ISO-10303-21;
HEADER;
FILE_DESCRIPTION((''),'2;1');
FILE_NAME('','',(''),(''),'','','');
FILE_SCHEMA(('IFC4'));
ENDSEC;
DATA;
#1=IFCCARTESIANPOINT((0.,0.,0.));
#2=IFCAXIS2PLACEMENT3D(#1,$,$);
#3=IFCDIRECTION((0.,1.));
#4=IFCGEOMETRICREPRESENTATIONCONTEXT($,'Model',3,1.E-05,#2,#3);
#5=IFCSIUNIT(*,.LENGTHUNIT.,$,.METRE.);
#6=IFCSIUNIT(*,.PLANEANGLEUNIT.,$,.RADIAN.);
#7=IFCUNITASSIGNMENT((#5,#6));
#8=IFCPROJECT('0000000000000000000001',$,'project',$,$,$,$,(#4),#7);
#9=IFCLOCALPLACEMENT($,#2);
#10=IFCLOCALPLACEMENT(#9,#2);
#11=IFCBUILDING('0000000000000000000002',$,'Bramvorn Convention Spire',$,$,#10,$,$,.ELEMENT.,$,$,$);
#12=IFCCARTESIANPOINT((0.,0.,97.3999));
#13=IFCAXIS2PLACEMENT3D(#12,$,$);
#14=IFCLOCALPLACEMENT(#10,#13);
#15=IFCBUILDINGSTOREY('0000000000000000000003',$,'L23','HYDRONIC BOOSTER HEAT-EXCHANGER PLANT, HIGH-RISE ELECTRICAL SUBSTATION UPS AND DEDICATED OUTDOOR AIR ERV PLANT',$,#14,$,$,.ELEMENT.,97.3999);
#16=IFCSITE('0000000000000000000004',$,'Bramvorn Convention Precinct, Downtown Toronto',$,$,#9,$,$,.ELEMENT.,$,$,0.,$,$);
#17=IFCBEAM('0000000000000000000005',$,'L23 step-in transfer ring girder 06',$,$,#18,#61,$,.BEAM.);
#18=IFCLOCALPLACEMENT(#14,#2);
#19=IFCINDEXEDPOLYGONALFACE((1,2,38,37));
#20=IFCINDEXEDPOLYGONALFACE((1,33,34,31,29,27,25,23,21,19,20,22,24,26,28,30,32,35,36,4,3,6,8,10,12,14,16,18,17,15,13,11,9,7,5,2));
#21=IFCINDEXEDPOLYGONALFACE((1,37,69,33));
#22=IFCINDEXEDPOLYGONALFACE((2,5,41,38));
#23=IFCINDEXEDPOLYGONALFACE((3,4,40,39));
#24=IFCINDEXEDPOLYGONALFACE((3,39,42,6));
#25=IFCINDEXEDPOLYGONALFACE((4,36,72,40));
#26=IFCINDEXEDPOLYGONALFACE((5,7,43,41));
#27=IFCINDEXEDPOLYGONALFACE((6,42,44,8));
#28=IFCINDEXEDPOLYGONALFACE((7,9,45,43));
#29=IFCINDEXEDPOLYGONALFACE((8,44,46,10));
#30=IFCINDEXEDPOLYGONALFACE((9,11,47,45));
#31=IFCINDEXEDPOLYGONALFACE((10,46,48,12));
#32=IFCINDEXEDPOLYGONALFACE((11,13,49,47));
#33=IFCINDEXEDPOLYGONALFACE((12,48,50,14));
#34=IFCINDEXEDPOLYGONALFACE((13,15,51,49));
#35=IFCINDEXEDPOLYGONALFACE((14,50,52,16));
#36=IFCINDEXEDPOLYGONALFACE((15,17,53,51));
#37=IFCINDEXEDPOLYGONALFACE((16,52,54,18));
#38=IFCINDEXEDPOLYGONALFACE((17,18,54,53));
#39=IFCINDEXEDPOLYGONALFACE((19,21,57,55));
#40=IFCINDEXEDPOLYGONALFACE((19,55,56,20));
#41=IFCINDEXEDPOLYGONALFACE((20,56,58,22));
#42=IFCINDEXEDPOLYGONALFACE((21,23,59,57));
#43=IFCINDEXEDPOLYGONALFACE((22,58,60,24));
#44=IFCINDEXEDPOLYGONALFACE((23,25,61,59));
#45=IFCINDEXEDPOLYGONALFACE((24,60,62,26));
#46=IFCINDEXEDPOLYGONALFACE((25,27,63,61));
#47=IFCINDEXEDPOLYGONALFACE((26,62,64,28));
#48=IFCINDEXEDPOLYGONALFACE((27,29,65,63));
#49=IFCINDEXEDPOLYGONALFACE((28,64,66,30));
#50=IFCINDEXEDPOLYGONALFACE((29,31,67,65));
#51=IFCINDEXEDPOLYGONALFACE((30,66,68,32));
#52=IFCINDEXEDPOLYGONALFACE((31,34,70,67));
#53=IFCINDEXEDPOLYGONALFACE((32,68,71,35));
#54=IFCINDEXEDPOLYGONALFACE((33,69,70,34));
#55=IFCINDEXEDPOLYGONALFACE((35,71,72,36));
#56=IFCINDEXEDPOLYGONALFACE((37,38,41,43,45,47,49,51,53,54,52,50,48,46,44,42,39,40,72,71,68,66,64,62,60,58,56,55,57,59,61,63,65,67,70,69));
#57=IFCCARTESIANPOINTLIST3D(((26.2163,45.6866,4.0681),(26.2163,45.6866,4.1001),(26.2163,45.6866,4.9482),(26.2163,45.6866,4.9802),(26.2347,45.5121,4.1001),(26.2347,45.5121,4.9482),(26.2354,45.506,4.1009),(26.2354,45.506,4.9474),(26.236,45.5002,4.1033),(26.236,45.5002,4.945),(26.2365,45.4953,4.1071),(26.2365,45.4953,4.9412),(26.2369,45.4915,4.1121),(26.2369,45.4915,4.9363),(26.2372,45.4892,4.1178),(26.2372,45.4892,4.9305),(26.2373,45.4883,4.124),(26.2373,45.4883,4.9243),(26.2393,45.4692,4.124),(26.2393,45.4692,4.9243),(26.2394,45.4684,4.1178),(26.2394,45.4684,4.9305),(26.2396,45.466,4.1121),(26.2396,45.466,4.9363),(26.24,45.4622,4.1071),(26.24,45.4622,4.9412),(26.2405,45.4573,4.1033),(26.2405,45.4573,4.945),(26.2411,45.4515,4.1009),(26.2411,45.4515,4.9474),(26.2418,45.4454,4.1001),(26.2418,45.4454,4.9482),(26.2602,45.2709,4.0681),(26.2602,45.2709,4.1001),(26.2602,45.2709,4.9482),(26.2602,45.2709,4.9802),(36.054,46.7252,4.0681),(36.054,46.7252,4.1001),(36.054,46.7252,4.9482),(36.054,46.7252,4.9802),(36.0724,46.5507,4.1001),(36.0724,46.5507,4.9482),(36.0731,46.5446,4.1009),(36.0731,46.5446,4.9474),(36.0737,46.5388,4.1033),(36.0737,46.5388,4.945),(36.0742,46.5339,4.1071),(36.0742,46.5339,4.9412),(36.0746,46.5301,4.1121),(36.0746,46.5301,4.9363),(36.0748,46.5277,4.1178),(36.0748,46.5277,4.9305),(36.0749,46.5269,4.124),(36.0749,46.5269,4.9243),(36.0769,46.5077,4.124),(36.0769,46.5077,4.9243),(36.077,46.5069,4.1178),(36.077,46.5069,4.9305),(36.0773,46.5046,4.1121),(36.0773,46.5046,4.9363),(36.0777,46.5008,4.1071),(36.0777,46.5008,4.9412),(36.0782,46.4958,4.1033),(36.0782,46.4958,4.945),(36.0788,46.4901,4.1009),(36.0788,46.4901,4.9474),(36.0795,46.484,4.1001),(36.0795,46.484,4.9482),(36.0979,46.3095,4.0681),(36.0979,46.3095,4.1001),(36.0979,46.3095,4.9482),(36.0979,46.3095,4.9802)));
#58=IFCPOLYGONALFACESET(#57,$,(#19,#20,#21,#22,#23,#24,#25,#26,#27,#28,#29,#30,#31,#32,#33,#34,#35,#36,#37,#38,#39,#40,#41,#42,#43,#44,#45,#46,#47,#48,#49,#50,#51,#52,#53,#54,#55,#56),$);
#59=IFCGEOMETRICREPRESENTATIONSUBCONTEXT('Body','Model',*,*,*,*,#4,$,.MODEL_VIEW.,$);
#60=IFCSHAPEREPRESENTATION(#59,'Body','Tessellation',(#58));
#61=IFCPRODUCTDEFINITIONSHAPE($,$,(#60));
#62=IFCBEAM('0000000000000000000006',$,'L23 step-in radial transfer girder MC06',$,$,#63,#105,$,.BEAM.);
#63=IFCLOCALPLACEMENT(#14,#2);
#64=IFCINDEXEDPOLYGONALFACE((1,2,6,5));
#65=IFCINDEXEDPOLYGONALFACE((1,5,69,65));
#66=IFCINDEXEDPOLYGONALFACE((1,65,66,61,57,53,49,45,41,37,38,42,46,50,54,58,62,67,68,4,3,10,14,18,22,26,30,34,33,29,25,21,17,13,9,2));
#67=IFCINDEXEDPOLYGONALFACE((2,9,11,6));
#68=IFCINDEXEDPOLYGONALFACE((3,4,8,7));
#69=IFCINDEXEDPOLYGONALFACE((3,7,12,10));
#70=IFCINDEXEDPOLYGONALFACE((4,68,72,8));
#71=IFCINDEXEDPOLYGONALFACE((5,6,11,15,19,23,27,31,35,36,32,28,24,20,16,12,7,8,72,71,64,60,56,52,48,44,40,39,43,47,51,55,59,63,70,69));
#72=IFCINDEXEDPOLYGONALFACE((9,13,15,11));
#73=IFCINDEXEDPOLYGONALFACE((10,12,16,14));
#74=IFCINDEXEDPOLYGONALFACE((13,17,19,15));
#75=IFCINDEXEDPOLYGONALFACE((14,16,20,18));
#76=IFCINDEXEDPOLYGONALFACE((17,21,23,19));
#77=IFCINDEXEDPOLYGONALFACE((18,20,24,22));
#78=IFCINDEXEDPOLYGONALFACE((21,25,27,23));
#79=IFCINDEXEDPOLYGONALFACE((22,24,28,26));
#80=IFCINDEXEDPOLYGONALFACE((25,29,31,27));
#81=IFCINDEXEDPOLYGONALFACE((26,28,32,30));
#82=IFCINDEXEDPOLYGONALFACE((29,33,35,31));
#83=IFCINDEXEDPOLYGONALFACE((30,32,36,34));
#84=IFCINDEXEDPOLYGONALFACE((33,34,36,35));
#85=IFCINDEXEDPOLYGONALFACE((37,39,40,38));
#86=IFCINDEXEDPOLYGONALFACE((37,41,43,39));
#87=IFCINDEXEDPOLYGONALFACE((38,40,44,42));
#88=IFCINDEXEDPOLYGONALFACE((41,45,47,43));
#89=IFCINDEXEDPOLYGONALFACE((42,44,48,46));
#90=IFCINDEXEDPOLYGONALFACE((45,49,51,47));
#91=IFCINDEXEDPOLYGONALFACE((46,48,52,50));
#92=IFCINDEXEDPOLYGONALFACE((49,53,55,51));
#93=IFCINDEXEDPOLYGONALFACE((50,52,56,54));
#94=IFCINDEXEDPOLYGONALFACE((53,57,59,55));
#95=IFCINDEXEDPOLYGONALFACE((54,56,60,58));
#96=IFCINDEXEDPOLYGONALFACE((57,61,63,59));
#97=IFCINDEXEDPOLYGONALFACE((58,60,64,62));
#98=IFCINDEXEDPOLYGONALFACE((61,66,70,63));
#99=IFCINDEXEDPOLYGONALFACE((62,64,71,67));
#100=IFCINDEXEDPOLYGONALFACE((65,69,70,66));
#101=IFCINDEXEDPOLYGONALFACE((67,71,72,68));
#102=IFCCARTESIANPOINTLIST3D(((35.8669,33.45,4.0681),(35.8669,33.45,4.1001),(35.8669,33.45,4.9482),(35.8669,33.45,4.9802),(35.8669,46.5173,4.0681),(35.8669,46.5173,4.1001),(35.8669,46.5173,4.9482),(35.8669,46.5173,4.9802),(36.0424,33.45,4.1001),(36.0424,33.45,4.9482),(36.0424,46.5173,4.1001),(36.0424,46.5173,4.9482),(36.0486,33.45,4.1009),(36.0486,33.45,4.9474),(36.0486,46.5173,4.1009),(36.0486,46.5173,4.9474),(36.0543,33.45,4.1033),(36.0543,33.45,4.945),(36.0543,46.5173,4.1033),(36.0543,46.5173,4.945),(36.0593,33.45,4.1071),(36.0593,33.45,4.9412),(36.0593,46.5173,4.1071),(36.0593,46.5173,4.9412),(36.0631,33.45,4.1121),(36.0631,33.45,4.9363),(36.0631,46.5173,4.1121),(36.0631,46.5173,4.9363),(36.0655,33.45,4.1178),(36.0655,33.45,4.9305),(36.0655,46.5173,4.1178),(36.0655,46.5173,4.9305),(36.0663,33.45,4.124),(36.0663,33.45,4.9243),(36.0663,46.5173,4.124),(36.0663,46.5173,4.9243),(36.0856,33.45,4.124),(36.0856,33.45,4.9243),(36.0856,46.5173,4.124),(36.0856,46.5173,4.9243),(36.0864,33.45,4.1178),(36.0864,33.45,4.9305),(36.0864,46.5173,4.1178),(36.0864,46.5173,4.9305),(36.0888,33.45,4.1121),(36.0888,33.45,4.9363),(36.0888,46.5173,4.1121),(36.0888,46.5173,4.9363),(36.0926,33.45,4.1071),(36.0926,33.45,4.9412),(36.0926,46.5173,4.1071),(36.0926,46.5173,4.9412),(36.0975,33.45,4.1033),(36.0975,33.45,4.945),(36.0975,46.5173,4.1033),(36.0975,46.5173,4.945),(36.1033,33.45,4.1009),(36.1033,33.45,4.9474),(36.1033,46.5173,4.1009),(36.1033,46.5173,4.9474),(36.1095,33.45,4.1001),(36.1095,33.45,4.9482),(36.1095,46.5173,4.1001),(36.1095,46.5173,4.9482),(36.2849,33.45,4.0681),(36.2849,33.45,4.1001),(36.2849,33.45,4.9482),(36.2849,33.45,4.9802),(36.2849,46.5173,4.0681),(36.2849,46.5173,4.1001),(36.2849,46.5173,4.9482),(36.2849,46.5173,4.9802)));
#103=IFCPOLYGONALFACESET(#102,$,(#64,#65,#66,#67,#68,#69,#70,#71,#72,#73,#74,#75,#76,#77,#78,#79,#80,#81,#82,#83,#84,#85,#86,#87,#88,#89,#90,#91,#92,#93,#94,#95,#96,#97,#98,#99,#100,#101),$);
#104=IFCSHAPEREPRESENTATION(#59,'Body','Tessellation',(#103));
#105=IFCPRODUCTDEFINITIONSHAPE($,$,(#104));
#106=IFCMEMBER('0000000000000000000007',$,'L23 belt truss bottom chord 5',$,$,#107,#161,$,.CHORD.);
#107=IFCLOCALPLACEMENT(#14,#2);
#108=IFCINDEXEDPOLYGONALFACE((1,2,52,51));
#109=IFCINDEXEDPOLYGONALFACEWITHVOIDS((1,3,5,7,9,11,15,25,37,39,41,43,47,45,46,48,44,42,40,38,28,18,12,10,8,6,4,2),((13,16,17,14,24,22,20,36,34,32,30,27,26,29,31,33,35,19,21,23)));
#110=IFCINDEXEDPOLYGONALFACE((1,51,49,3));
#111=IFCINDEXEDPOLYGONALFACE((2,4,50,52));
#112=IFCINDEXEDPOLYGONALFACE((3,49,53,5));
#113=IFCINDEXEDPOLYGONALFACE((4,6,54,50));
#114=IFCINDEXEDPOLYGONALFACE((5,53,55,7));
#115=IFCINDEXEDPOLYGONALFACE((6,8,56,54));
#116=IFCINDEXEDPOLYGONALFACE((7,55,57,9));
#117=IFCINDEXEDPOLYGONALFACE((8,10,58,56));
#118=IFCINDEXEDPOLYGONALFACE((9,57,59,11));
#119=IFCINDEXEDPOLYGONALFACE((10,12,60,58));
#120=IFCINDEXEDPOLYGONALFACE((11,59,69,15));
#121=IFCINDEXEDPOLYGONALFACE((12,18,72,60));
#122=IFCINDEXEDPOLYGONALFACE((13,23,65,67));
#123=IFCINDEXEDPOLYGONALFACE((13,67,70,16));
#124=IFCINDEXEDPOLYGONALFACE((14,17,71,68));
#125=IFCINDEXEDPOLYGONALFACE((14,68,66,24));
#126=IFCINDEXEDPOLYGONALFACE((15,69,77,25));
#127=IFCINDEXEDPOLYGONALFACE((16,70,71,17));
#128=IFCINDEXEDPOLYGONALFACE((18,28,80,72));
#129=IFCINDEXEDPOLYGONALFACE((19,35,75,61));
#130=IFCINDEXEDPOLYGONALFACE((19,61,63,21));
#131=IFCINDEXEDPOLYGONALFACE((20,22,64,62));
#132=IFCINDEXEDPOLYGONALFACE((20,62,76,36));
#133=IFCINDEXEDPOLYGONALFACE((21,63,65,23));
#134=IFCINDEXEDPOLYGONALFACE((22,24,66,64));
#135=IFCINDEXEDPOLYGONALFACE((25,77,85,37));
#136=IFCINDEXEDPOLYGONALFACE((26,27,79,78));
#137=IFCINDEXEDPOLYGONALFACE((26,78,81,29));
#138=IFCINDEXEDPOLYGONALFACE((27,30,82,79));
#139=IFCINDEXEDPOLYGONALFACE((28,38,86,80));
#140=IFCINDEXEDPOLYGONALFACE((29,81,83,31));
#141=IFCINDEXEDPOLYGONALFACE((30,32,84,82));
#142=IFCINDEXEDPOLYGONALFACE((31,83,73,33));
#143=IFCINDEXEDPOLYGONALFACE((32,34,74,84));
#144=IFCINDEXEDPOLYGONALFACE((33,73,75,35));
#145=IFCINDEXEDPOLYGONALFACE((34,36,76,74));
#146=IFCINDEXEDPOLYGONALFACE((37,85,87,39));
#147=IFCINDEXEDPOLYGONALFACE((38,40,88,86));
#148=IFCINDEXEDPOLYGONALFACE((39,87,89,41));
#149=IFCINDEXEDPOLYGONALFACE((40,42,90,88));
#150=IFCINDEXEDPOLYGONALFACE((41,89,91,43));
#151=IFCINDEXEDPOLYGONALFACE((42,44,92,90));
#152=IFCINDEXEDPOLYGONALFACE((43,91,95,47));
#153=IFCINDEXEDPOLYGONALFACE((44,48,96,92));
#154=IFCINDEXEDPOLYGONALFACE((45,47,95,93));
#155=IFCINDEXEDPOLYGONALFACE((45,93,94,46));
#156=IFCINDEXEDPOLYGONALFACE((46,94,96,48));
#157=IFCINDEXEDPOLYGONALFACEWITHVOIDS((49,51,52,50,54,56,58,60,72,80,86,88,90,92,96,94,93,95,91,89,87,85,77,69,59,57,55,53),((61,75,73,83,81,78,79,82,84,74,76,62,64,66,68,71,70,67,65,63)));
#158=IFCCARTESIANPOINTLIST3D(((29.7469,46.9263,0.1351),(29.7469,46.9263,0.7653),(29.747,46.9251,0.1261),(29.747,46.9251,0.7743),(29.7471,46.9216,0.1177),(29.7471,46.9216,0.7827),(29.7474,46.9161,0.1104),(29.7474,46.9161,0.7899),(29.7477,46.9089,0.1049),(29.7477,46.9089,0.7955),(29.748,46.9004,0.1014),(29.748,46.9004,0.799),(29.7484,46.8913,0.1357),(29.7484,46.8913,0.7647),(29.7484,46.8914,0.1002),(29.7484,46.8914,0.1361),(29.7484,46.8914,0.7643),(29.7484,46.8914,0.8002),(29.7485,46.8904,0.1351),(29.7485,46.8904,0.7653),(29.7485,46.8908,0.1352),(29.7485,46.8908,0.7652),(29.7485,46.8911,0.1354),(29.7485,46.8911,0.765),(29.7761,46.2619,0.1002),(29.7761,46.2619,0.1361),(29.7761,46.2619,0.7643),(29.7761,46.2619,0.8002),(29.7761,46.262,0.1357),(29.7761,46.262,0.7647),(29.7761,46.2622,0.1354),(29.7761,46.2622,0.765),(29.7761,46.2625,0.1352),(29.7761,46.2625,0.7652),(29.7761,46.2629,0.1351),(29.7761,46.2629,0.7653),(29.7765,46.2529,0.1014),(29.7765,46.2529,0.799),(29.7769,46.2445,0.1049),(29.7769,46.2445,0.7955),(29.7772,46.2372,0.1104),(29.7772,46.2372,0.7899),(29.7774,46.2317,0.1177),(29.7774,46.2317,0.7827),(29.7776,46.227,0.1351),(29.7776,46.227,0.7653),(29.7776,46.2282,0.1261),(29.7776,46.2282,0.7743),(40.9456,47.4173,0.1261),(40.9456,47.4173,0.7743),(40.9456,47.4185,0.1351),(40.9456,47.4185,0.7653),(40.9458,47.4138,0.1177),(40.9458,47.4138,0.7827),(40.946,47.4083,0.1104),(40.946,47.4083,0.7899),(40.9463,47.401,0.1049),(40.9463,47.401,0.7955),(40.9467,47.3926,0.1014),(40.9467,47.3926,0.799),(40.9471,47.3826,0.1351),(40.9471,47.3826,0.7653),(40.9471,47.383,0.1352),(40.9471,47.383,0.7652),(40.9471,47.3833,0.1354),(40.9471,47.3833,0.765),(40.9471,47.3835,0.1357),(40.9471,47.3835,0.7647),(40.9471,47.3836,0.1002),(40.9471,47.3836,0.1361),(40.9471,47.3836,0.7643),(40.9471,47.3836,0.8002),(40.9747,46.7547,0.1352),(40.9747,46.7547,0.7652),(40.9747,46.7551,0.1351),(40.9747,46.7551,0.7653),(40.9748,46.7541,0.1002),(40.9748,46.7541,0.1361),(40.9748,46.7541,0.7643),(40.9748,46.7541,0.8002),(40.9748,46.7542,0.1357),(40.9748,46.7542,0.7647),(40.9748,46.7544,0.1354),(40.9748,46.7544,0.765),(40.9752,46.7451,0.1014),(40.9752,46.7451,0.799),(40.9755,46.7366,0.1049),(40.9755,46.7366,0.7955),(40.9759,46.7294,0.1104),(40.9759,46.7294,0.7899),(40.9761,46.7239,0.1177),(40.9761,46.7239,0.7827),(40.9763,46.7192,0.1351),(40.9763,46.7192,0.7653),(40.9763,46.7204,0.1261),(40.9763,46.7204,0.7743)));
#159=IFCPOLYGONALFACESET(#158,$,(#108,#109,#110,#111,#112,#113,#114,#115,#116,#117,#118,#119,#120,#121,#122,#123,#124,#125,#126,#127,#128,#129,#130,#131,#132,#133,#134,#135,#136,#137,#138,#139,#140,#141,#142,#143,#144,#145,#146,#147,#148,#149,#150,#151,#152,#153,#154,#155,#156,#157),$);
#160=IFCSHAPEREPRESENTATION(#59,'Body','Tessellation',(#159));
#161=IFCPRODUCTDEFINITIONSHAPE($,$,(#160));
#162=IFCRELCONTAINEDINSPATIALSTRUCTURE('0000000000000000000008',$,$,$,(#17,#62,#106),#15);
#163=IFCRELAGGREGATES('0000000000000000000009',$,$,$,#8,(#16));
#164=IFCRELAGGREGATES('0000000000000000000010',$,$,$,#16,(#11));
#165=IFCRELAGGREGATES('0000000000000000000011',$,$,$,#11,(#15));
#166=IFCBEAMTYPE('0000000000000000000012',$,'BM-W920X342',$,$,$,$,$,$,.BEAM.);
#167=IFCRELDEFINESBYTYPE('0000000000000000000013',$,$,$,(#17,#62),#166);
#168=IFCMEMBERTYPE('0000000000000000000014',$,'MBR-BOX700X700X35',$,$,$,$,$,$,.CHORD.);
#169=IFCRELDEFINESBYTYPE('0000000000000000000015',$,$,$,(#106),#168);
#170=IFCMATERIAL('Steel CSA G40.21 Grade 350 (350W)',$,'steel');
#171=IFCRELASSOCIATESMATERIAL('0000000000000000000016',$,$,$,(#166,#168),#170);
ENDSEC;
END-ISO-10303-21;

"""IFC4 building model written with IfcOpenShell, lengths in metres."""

from ifc_helpers import new_model, si_unit, direction, frame, origin, origin_2d, place, context, subcontext, project, spatial, hollow_rectangle, i_section, extrude, material, material_profile, profile_set, type_object, element, save


model = new_model("IFC4")

# Units and contexts
model_context = context("Model", 3, precision=1e-05, world=origin(), true_north=direction((0.0, 1.0)))
body_context = subcontext(model_context, "Body", "Model", "MODEL_VIEW")
ifc_project = project(units=[si_unit("LENGTHUNIT", "METRE"), si_unit("PLANEANGLEUNIT", "RADIAN")], contexts=[model_context])

# Site, building, storey
site_placement = place(None, origin())
site = spatial("IfcSite", under=ifc_project, at=site_placement, Name="Bramvorn Convention Precinct, Downtown Toronto", CompositionType="ELEMENT", RefElevation=0.0)
building_placement = place(site_placement, origin())
building = spatial("IfcBuilding", under=site, at=building_placement, Name="Bramvorn Convention Spire", CompositionType="ELEMENT")
storey_placement = place(building_placement, frame((0.0, 0.0, 97.3999)))
storey = spatial("IfcBuildingStorey", under=building, at=storey_placement, Name="L23", Description="HYDRONIC BOOSTER HEAT-EXCHANGER PLANT, HIGH-RISE ELECTRICAL SUBSTATION UPS AND DEDICATED OUTDOOR AIR ERV PLANT", CompositionType="ELEMENT", Elevation=97.3999)

# Shared definitions
ifc_material_1 = material(Name="Steel CSA G40.21 Grade 350 (350W)", Category="steel")

# Beams
ifc_material_profile_1 = material_profile(ifc_material_1, i_section(OverallWidth=0.418, OverallDepth=0.9121, WebThickness=0.0193, FlangeThickness=0.032, FilletRadius=0.0239, at=origin_2d()))
ifc_profile_set_1 = profile_set([ifc_material_profile_1], Name="Steel CSA G40.21 Grade 350 (350W) - W920X342")
beam_type = type_object("IfcBeamType", Name="BM-W920X342", PredefinedType="BEAM", material=ifc_profile_set_1)
beam_1_placement = place(storey_placement, frame((36.0759, 46.5173, 4.5242), z_axis=(-0.994473, -0.104988, 0.0), x_axis=(0.104988, -0.994473, 0.0)))
element("IfcBeam", 1, at=beam_1_placement, inside=storey, type_object=beam_type, Name="L23 step-in transfer ring girder 06", PredefinedType="BEAM", context=body_context, shape_type="SweptSolid", body=[
    extrude(i_section(OverallWidth=0.418, OverallDepth=0.9121, WebThickness=0.0193, FlangeThickness=0.032, FilletRadius=0.0239, at=origin_2d()), origin(), (0.0, 0.0, 1.0), 9.8923),
])
beam_2_placement = place(storey_placement, frame((36.0759, 33.45, 4.5242), z_axis=(0.0, 1.0, 0.0), x_axis=(-1.0, 0.0, 0.0)))
element("IfcBeam", 2, at=beam_2_placement, inside=storey, type_object=beam_type, Name="L23 step-in radial transfer girder MC06", PredefinedType="BEAM", context=body_context, shape_type="SweptSolid", body=[
    extrude(i_section(OverallWidth=0.418, OverallDepth=0.9121, WebThickness=0.0193, FlangeThickness=0.032, FilletRadius=0.0239, at=origin_2d()), origin(), (0.0, 0.0, 1.0), 13.0674),
])

# Member
ifc_material_profile_2 = material_profile(ifc_material_1, hollow_rectangle(XDim=0.7, YDim=0.7, WallThickness=0.0349, InnerFilletRadius=0.001, OuterFilletRadius=0.0349, at=origin_2d()))
ifc_profile_set_2 = profile_set([ifc_material_profile_2], Name="Steel CSA G40.21 Grade 350 (350W) - BOX700X700X35")
member_type_1 = type_object("IfcMemberType", Name="MBR-BOX700X700X35", PredefinedType="CHORD", material=ifc_profile_set_2)
member_1_placement = place(storey_placement, frame((40.9609, 47.0688, 0.4502), z_axis=(-0.999036, -0.043908, 0.0), x_axis=(0.043908, -0.999036, 0.0)))
element("IfcMember", 3, at=member_1_placement, inside=storey, type_object=member_type_1, Name="L23 belt truss bottom chord 5", PredefinedType="CHORD", context=body_context, shape_type="SweptSolid", body=[
    extrude(hollow_rectangle(XDim=0.7, YDim=0.7, WallThickness=0.0349, InnerFilletRadius=0.001, OuterFilletRadius=0.0349, at=origin_2d()), origin(), (0.0, 0.0, 1.0), 11.2095),
])

save(model, "model.ifc")
